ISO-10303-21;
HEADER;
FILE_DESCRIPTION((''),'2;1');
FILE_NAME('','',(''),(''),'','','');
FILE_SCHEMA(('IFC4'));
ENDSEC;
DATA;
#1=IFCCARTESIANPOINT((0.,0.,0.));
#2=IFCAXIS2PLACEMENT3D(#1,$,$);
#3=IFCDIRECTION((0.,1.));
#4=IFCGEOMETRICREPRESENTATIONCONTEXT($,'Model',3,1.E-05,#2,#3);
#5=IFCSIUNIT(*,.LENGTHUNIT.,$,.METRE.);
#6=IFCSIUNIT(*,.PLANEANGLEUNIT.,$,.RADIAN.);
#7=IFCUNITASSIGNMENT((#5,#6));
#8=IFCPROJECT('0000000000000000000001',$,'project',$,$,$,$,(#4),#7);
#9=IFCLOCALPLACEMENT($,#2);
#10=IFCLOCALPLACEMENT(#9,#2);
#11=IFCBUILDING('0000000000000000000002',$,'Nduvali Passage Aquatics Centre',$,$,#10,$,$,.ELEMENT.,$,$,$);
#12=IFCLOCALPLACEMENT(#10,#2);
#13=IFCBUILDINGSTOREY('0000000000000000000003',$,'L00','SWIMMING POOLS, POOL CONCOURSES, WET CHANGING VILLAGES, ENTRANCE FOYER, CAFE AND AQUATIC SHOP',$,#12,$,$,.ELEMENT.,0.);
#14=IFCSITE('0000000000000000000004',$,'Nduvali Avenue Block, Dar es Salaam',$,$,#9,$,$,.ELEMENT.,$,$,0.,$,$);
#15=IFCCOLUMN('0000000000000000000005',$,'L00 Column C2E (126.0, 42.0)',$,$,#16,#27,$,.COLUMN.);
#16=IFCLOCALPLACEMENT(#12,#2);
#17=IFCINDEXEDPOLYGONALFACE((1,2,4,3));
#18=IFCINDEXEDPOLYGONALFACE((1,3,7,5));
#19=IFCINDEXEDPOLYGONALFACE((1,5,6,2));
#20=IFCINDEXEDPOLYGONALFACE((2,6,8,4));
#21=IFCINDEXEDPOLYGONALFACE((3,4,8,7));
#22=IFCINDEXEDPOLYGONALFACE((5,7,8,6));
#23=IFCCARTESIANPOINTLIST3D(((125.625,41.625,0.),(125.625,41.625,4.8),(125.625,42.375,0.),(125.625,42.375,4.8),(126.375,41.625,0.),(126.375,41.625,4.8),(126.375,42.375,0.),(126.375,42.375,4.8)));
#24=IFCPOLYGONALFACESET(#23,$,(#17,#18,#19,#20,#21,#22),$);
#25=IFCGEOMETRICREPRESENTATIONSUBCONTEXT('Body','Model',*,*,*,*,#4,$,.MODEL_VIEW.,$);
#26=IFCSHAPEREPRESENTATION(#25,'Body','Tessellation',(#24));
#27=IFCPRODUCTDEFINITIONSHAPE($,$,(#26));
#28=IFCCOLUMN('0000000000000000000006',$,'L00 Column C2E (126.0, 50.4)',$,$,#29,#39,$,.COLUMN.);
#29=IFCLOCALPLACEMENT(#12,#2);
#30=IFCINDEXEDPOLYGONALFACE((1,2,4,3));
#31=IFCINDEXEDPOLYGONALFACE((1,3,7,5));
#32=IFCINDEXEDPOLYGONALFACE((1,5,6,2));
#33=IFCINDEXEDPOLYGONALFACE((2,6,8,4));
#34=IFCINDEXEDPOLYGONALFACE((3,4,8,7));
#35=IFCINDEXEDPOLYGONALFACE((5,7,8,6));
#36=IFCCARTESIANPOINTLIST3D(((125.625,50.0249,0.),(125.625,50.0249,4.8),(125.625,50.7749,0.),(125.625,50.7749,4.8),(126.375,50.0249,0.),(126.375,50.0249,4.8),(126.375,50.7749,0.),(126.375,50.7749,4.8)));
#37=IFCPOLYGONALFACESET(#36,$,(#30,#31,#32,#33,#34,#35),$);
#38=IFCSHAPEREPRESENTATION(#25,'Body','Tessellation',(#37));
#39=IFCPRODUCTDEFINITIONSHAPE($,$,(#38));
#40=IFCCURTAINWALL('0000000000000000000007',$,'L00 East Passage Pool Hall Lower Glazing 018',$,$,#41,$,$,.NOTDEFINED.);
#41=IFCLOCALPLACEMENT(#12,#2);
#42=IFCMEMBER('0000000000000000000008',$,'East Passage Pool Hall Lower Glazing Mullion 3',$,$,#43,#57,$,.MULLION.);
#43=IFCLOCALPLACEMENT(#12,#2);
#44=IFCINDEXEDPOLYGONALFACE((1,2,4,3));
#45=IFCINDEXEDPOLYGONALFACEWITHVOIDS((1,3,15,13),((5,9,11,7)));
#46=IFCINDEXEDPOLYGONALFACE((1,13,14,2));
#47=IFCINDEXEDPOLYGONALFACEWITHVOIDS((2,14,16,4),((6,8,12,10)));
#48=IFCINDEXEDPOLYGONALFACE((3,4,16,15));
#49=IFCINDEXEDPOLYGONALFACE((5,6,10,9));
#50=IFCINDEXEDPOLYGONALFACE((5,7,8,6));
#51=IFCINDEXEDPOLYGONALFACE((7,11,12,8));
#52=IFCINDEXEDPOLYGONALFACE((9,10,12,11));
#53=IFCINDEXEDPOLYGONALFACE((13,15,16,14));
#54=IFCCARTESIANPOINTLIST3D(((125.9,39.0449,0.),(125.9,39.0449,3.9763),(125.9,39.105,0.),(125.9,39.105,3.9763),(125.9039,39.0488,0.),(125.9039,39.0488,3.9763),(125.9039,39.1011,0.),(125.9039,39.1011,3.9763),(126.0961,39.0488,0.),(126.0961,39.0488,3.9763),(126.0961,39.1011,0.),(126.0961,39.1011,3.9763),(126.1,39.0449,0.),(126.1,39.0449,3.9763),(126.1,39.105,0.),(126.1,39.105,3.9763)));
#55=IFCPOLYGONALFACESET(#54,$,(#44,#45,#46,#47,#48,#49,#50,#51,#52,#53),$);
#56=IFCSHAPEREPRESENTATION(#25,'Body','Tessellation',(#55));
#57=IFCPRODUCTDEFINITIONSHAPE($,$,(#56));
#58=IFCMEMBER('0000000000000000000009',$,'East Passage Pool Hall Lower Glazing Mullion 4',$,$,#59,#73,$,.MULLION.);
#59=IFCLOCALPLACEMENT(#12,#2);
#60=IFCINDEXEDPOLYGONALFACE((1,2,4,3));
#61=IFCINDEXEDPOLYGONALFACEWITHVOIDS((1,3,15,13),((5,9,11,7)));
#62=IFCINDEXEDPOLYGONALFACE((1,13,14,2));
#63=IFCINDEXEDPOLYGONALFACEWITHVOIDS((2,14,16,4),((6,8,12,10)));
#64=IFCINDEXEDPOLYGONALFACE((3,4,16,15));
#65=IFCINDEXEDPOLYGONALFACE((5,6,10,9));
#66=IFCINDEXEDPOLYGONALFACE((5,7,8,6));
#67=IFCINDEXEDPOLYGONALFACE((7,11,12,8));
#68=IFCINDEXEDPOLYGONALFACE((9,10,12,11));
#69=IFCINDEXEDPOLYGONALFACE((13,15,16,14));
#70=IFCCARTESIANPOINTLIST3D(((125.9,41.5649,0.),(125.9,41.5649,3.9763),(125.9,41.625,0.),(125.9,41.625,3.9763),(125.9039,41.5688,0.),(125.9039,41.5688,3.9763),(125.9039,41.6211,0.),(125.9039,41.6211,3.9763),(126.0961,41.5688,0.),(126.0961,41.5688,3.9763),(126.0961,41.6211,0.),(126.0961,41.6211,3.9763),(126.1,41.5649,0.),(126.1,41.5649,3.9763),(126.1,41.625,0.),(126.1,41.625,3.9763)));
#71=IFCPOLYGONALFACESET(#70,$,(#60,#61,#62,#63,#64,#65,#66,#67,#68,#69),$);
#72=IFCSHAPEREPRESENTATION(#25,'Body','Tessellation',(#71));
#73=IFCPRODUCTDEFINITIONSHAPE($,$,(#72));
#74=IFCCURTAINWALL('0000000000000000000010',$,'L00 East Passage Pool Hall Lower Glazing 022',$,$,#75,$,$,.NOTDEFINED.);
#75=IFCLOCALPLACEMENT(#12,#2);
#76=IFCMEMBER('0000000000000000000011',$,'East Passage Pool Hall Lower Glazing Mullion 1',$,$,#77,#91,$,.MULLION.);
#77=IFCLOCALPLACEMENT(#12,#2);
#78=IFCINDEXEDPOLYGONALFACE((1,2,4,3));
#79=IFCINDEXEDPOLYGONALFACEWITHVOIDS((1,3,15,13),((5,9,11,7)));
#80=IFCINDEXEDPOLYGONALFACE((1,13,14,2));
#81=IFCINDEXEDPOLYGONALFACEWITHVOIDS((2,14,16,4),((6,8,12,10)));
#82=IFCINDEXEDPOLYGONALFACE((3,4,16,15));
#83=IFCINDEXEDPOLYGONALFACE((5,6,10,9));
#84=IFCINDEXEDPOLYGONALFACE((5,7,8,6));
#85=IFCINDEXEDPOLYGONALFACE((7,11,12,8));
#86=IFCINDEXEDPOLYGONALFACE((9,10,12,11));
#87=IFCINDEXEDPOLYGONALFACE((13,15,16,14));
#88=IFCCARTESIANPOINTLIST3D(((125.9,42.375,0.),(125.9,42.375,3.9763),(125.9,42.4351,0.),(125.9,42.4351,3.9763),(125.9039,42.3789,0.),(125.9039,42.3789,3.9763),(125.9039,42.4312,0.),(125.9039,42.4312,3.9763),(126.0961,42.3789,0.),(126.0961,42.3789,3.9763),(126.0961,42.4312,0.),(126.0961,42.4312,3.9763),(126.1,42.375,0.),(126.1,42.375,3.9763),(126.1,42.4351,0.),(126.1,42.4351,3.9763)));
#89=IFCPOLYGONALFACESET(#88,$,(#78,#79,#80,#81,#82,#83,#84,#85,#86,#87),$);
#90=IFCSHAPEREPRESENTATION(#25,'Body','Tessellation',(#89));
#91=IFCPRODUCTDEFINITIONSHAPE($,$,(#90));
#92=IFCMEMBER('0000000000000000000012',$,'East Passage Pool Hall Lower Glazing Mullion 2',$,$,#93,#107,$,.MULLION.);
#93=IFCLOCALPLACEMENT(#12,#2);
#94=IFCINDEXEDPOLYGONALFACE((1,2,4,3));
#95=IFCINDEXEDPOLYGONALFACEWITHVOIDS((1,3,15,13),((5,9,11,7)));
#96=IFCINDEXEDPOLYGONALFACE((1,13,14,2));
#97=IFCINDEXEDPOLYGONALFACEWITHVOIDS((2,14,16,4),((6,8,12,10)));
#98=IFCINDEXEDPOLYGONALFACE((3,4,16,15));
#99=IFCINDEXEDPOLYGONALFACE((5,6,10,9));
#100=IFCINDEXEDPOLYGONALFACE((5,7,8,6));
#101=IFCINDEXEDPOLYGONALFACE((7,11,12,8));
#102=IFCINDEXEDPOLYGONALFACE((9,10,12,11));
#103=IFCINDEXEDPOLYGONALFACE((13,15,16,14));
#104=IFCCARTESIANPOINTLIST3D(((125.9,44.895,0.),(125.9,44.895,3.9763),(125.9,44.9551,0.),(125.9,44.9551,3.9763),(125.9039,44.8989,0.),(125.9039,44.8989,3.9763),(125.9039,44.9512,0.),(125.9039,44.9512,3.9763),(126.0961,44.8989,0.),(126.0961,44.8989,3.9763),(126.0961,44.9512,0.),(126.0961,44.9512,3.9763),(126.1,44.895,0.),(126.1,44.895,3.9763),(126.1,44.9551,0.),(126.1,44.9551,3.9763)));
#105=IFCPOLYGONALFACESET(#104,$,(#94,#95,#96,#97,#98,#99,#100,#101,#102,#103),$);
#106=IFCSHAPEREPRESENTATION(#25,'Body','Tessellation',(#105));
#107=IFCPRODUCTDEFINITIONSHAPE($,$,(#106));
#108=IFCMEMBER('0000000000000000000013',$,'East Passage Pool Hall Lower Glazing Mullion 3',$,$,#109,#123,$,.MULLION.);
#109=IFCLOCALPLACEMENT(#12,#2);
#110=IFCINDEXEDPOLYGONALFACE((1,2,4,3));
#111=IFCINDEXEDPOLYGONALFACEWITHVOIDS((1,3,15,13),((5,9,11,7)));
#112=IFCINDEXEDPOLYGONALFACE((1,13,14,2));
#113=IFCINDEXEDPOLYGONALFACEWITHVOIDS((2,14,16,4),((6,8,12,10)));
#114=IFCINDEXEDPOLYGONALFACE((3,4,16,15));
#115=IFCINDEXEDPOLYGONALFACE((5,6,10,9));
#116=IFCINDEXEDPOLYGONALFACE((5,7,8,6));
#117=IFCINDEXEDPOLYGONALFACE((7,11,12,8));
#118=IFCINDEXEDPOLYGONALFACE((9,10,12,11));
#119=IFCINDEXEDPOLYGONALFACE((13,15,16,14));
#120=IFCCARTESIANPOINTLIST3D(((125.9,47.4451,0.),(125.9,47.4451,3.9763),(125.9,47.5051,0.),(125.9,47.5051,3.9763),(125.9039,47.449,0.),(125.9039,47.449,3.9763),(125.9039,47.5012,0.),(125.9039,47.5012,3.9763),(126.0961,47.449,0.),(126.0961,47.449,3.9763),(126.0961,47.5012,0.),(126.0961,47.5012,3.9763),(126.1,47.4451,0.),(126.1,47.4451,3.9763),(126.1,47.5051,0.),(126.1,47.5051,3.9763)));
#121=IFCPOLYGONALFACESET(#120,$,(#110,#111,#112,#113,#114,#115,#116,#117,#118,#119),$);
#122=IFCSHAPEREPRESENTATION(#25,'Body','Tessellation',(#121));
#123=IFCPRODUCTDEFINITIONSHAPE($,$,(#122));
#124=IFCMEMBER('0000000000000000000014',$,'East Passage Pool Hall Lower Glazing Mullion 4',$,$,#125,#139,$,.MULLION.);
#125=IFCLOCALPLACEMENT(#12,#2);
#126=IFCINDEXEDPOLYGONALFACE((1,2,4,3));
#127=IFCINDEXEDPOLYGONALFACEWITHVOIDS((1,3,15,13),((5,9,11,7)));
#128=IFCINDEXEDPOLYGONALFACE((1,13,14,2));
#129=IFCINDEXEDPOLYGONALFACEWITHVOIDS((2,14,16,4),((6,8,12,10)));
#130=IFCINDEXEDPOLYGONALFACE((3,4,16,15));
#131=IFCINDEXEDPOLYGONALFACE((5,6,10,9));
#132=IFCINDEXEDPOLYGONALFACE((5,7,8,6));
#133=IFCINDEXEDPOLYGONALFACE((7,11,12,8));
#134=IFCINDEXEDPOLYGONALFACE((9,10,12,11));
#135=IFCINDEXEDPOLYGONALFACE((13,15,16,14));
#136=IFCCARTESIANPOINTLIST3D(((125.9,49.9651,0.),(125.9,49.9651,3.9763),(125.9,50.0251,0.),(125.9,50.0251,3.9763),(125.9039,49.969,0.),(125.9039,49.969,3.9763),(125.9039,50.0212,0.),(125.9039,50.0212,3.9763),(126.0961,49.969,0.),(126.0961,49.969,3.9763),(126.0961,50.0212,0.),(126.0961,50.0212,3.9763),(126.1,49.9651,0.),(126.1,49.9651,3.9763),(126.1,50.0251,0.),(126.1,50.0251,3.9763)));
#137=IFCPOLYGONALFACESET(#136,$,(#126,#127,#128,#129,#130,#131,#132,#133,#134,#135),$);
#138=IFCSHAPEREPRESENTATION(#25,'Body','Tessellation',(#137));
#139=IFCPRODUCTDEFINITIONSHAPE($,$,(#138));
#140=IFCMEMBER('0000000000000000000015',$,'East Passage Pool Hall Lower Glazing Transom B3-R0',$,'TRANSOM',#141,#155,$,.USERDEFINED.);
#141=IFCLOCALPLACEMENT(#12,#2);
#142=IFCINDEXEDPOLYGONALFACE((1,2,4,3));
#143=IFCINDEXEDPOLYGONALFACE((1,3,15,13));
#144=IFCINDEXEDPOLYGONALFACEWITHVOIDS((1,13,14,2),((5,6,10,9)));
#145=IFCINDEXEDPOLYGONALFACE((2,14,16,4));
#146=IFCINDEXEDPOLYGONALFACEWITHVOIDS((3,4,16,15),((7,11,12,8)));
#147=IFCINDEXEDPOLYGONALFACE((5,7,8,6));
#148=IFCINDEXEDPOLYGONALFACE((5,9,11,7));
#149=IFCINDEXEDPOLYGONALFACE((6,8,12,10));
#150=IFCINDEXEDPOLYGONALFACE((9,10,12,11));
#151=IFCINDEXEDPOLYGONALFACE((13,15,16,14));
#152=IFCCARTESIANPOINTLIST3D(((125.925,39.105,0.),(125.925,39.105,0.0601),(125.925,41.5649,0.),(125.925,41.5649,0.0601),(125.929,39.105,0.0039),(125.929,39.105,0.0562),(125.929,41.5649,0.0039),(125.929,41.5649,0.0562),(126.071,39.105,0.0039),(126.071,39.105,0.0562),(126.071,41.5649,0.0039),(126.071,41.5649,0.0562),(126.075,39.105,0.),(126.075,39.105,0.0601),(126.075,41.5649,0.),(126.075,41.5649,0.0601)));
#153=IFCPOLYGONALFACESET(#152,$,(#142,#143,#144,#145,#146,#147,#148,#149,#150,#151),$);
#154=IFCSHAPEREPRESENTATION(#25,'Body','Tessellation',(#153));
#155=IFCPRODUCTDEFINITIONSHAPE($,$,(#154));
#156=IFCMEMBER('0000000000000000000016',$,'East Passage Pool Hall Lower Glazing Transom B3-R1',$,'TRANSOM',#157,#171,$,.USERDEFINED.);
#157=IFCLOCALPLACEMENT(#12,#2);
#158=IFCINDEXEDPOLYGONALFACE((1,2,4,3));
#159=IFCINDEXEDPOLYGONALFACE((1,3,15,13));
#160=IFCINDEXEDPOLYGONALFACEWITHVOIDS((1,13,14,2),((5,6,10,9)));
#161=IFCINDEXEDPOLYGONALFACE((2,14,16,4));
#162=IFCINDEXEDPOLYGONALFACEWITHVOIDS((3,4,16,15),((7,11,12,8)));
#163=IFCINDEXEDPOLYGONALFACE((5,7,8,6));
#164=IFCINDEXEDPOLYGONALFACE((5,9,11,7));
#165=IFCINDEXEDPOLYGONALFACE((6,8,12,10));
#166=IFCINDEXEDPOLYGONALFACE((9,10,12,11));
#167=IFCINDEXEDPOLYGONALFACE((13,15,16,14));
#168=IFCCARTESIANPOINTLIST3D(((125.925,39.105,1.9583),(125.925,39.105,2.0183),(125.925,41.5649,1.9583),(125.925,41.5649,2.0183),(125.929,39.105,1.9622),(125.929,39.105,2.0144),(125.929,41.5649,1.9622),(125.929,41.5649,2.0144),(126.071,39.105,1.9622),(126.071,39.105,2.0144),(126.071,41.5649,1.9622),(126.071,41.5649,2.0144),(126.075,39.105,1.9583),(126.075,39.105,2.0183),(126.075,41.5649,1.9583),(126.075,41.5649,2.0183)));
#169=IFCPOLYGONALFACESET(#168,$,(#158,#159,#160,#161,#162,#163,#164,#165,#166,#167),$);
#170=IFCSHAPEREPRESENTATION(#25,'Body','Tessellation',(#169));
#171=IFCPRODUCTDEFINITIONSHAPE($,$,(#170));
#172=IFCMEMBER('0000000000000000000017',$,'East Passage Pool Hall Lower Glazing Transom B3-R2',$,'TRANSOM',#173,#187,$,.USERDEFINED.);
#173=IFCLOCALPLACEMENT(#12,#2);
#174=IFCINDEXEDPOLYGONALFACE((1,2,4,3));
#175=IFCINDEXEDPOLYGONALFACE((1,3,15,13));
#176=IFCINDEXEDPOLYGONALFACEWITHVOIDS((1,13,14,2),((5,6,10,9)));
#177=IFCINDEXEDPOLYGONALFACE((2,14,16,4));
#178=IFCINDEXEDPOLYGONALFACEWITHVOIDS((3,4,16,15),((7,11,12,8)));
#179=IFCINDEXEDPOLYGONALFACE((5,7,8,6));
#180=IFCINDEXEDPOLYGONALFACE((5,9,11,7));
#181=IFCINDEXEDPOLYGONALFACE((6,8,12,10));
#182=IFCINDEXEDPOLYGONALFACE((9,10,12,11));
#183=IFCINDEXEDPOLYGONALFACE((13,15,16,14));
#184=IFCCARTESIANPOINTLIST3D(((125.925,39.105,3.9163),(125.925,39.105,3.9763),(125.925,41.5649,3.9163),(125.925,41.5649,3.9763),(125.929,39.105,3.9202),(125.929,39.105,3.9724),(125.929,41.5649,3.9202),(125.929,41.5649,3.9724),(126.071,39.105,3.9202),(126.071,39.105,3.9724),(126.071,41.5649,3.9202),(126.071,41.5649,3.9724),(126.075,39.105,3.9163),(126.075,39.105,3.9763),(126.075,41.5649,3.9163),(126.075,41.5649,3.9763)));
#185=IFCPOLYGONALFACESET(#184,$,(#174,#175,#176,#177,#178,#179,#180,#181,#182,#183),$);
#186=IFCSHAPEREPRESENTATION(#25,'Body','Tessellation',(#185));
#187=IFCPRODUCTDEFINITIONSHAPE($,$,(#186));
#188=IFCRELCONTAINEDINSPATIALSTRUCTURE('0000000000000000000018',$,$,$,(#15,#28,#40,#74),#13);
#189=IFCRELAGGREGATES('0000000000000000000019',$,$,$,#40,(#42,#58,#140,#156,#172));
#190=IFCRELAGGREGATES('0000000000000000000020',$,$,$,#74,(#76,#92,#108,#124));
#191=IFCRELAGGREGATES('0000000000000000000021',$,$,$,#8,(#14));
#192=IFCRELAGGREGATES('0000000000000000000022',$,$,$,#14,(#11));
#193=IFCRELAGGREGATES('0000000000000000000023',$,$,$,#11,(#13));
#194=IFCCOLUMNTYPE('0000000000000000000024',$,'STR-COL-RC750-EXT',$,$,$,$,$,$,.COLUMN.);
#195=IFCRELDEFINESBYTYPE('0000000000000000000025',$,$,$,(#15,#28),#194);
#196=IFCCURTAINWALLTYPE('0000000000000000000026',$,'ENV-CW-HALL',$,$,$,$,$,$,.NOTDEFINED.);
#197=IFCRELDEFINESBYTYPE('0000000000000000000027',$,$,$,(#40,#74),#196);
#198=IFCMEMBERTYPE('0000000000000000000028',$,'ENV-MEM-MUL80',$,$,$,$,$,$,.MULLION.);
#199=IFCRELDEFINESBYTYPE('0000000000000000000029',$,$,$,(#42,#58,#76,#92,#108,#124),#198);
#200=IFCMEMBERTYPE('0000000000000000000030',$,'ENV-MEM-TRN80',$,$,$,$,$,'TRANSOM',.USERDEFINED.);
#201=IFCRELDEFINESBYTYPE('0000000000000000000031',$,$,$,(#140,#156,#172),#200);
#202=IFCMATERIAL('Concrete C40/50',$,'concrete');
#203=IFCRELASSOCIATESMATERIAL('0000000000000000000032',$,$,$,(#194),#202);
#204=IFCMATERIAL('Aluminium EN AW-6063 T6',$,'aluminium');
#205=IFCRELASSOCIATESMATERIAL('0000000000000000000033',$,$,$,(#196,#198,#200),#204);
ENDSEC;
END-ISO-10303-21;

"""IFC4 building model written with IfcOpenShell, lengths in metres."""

from ifc_helpers import new_model, si_unit, direction, frame, origin, origin_2d, place, context, subcontext, project, spatial, rectangle, hollow_rectangle, extrude, material, material_profile, profile_set, type_object, element, aggregate, save


model = new_model("IFC4")

# Units and contexts
model_context = context("Model", 3, precision=1e-05, world=origin(), true_north=direction((0.0, 1.0)))
body_context = subcontext(model_context, "Body", "Model", "MODEL_VIEW")
ifc_project = project(units=[si_unit("LENGTHUNIT", "METRE"), si_unit("PLANEANGLEUNIT", "RADIAN")], contexts=[model_context])

# Site, building, storey
site_placement = place(None, origin())
site = spatial("IfcSite", under=ifc_project, at=site_placement, Name="Nduvali Avenue Block, Dar es Salaam", CompositionType="ELEMENT", RefElevation=0.0)
building_placement = place(site_placement, origin())
building = spatial("IfcBuilding", under=site, at=building_placement, Name="Nduvali Passage Aquatics Centre", CompositionType="ELEMENT")
storey_placement = place(building_placement, origin())
storey = spatial("IfcBuildingStorey", under=building, at=storey_placement, Name="L00", Description="SWIMMING POOLS, POOL CONCOURSES, WET CHANGING VILLAGES, ENTRANCE FOYER, CAFE AND AQUATIC SHOP", CompositionType="ELEMENT", Elevation=0.0)

# Columns
ifc_material_1 = material(Name="Concrete C40/50", Category="concrete")
ifc_material_profile_1 = material_profile(ifc_material_1, rectangle(XDim=0.75, YDim=0.75, at=origin_2d()), Name="RC 750x750")
ifc_profile_set_1 = profile_set([ifc_material_profile_1], Name="Concrete C40/50")
column_type = type_object("IfcColumnType", Name="STR-COL-RC750-EXT", PredefinedType="COLUMN", material=ifc_profile_set_1)
for number, where, z_axis, x_axis, name in (
    (1, (126.0, 42.0, 0.0), (0.0, 0.0, 1.0), (1.0, 0.0, 0.0), "L00 Column C2E (126.0, 42.0)"),
    (2, (126.0, 50.3999, 0.0), (0.0, 0.0, 1.0), (1.0, 0.0, 0.0), "L00 Column C2E (126.0, 50.4)"),
):
    element("IfcColumn", number, at=place(storey_placement, frame(where, z_axis=z_axis, x_axis=x_axis)), inside=storey, type_object=column_type, Name=name, PredefinedType="COLUMN", context=body_context, shape_type="SweptSolid", body=[
        extrude(rectangle(XDim=0.75, YDim=0.75, at=origin_2d()), origin(), (0.0, 0.0, 1.0), 4.8),
    ])

# Curtain walls, members
ifc_material_2 = material(Name="Aluminium EN AW-6063 T6", Category="aluminium")
curtain_wall_type = type_object("IfcCurtainWallType", Name="ENV-CW-HALL", PredefinedType="NOTDEFINED", material=ifc_material_2)
curtain_wall_1_placement = place(storey_placement, origin())
curtain_wall_1 = element("IfcCurtainWall", 3, at=curtain_wall_1_placement, inside=storey, type_object=curtain_wall_type, Name="L00 East Passage Pool Hall Lower Glazing 018", PredefinedType="NOTDEFINED")
ifc_material_profile_2 = material_profile(ifc_material_2, hollow_rectangle(XDim=0.0601, YDim=0.2, WallThickness=0.0039, at=origin_2d()), Name="ALU MULLION 60x200x4")
ifc_profile_set_2 = profile_set([ifc_material_profile_2], Name="Aluminium EN AW-6063 T6")
member_type_1 = type_object("IfcMemberType", Name="ENV-MEM-MUL80", PredefinedType="MULLION", material=ifc_profile_set_2)
member_1_placement = place(storey_placement, frame((126.0, 39.075, 0.0), z_axis=(0.0, 0.0, 1.0), x_axis=(0.0, 1.0, 0.0)))
member_1 = element("IfcMember", 4, at=member_1_placement, type_object=member_type_1, Name="East Passage Pool Hall Lower Glazing Mullion 3", PredefinedType="MULLION", context=body_context, shape_type="SweptSolid", body=[
    extrude(hollow_rectangle(XDim=0.0601, YDim=0.2, WallThickness=0.0039, at=origin_2d()), origin(), (0.0, 0.0, 1.0), 3.9763),
])
member_2_placement = place(storey_placement, frame((126.0, 41.595, 0.0), z_axis=(0.0, 0.0, 1.0), x_axis=(0.0, 1.0, 0.0)))
member_2 = element("IfcMember", 5, at=member_2_placement, type_object=member_type_1, Name="East Passage Pool Hall Lower Glazing Mullion 4", PredefinedType="MULLION", context=body_context, shape_type="SweptSolid", body=[
    extrude(hollow_rectangle(XDim=0.0601, YDim=0.2, WallThickness=0.0039, at=origin_2d()), origin(), (0.0, 0.0, 1.0), 3.9763),
])
curtain_wall_2_placement = place(storey_placement, origin())
curtain_wall_2 = element("IfcCurtainWall", 6, at=curtain_wall_2_placement, inside=storey, type_object=curtain_wall_type, Name="L00 East Passage Pool Hall Lower Glazing 022", PredefinedType="NOTDEFINED")
member_3_placement = place(storey_placement, frame((126.0, 42.405, 0.0), z_axis=(0.0, 0.0, 1.0), x_axis=(0.0, 1.0, 0.0)))
member_3 = element("IfcMember", 7, at=member_3_placement, type_object=member_type_1, Name="East Passage Pool Hall Lower Glazing Mullion 1", PredefinedType="MULLION", context=body_context, shape_type="SweptSolid", body=[
    extrude(hollow_rectangle(XDim=0.0601, YDim=0.2, WallThickness=0.0039, at=origin_2d()), origin(), (0.0, 0.0, 1.0), 3.9763),
])
member_4_placement = place(storey_placement, frame((126.0, 44.925, 0.0), z_axis=(0.0, 0.0, 1.0), x_axis=(0.0, 1.0, 0.0)))
member_4 = element("IfcMember", 8, at=member_4_placement, type_object=member_type_1, Name="East Passage Pool Hall Lower Glazing Mullion 2", PredefinedType="MULLION", context=body_context, shape_type="SweptSolid", body=[
    extrude(hollow_rectangle(XDim=0.0601, YDim=0.2, WallThickness=0.0039, at=origin_2d()), origin(), (0.0, 0.0, 1.0), 3.9763),
])
member_5_placement = place(storey_placement, frame((126.0, 47.4751, 0.0), z_axis=(0.0, 0.0, 1.0), x_axis=(0.0, 1.0, 0.0)))
member_5 = element("IfcMember", 9, at=member_5_placement, type_object=member_type_1, Name="East Passage Pool Hall Lower Glazing Mullion 3", PredefinedType="MULLION", context=body_context, shape_type="SweptSolid", body=[
    extrude(hollow_rectangle(XDim=0.0601, YDim=0.2, WallThickness=0.0039, at=origin_2d()), origin(), (0.0, 0.0, 1.0), 3.9763),
])
member_6_placement = place(storey_placement, frame((126.0, 49.9951, 0.0), z_axis=(0.0, 0.0, 1.0), x_axis=(0.0, 1.0, 0.0)))
member_6 = element("IfcMember", 10, at=member_6_placement, type_object=member_type_1, Name="East Passage Pool Hall Lower Glazing Mullion 4", PredefinedType="MULLION", context=body_context, shape_type="SweptSolid", body=[
    extrude(hollow_rectangle(XDim=0.0601, YDim=0.2, WallThickness=0.0039, at=origin_2d()), origin(), (0.0, 0.0, 1.0), 3.9763),
])

# Members
ifc_material_profile_3 = material_profile(ifc_material_2, hollow_rectangle(XDim=0.1499, YDim=0.0601, WallThickness=0.0039, at=origin_2d()), Name="ALU TRANSOM 150x60x4")
ifc_profile_set_3 = profile_set([ifc_material_profile_3], Name="Aluminium EN AW-6063 T6")
member_type_2 = type_object("IfcMemberType", Name="ENV-MEM-TRN80", ElementType="TRANSOM", PredefinedType="USERDEFINED", material=ifc_profile_set_3)
member_7_placement = place(storey_placement, frame((126.0, 39.105, 0.03), z_axis=(0.0, 1.0, 0.0), x_axis=(-1.0, 0.0, 0.0)))
member_7 = element("IfcMember", 11, at=member_7_placement, type_object=member_type_2, Name="East Passage Pool Hall Lower Glazing Transom B3-R0", ObjectType="TRANSOM", PredefinedType="USERDEFINED", context=body_context, shape_type="SweptSolid", body=[
    extrude(hollow_rectangle(XDim=0.1499, YDim=0.0601, WallThickness=0.0039, at=origin_2d()), origin(), (0.0, 0.0, 1.0), 2.46),
])
member_8_placement = place(storey_placement, frame((126.0, 39.105, 1.9883), z_axis=(0.0, 1.0, 0.0), x_axis=(-1.0, 0.0, 0.0)))
member_8 = element("IfcMember", 12, at=member_8_placement, type_object=member_type_2, Name="East Passage Pool Hall Lower Glazing Transom B3-R1", ObjectType="TRANSOM", PredefinedType="USERDEFINED", context=body_context, shape_type="SweptSolid", body=[
    extrude(hollow_rectangle(XDim=0.1499, YDim=0.0601, WallThickness=0.0039, at=origin_2d()), origin(), (0.0, 0.0, 1.0), 2.46),
])
member_9_placement = place(storey_placement, frame((126.0, 39.105, 3.9463), z_axis=(0.0, 1.0, 0.0), x_axis=(-1.0, 0.0, 0.0)))
member_9 = element("IfcMember", 13, at=member_9_placement, type_object=member_type_2, Name="East Passage Pool Hall Lower Glazing Transom B3-R2", ObjectType="TRANSOM", PredefinedType="USERDEFINED", context=body_context, shape_type="SweptSolid", body=[
    extrude(hollow_rectangle(XDim=0.1499, YDim=0.0601, WallThickness=0.0039, at=origin_2d()), origin(), (0.0, 0.0, 1.0), 2.46),
])

aggregate(curtain_wall_1, [member_1, member_2, member_7, member_8, member_9])
aggregate(curtain_wall_2, [member_3, member_4, member_5, member_6])

save(model, "model.ifc")
